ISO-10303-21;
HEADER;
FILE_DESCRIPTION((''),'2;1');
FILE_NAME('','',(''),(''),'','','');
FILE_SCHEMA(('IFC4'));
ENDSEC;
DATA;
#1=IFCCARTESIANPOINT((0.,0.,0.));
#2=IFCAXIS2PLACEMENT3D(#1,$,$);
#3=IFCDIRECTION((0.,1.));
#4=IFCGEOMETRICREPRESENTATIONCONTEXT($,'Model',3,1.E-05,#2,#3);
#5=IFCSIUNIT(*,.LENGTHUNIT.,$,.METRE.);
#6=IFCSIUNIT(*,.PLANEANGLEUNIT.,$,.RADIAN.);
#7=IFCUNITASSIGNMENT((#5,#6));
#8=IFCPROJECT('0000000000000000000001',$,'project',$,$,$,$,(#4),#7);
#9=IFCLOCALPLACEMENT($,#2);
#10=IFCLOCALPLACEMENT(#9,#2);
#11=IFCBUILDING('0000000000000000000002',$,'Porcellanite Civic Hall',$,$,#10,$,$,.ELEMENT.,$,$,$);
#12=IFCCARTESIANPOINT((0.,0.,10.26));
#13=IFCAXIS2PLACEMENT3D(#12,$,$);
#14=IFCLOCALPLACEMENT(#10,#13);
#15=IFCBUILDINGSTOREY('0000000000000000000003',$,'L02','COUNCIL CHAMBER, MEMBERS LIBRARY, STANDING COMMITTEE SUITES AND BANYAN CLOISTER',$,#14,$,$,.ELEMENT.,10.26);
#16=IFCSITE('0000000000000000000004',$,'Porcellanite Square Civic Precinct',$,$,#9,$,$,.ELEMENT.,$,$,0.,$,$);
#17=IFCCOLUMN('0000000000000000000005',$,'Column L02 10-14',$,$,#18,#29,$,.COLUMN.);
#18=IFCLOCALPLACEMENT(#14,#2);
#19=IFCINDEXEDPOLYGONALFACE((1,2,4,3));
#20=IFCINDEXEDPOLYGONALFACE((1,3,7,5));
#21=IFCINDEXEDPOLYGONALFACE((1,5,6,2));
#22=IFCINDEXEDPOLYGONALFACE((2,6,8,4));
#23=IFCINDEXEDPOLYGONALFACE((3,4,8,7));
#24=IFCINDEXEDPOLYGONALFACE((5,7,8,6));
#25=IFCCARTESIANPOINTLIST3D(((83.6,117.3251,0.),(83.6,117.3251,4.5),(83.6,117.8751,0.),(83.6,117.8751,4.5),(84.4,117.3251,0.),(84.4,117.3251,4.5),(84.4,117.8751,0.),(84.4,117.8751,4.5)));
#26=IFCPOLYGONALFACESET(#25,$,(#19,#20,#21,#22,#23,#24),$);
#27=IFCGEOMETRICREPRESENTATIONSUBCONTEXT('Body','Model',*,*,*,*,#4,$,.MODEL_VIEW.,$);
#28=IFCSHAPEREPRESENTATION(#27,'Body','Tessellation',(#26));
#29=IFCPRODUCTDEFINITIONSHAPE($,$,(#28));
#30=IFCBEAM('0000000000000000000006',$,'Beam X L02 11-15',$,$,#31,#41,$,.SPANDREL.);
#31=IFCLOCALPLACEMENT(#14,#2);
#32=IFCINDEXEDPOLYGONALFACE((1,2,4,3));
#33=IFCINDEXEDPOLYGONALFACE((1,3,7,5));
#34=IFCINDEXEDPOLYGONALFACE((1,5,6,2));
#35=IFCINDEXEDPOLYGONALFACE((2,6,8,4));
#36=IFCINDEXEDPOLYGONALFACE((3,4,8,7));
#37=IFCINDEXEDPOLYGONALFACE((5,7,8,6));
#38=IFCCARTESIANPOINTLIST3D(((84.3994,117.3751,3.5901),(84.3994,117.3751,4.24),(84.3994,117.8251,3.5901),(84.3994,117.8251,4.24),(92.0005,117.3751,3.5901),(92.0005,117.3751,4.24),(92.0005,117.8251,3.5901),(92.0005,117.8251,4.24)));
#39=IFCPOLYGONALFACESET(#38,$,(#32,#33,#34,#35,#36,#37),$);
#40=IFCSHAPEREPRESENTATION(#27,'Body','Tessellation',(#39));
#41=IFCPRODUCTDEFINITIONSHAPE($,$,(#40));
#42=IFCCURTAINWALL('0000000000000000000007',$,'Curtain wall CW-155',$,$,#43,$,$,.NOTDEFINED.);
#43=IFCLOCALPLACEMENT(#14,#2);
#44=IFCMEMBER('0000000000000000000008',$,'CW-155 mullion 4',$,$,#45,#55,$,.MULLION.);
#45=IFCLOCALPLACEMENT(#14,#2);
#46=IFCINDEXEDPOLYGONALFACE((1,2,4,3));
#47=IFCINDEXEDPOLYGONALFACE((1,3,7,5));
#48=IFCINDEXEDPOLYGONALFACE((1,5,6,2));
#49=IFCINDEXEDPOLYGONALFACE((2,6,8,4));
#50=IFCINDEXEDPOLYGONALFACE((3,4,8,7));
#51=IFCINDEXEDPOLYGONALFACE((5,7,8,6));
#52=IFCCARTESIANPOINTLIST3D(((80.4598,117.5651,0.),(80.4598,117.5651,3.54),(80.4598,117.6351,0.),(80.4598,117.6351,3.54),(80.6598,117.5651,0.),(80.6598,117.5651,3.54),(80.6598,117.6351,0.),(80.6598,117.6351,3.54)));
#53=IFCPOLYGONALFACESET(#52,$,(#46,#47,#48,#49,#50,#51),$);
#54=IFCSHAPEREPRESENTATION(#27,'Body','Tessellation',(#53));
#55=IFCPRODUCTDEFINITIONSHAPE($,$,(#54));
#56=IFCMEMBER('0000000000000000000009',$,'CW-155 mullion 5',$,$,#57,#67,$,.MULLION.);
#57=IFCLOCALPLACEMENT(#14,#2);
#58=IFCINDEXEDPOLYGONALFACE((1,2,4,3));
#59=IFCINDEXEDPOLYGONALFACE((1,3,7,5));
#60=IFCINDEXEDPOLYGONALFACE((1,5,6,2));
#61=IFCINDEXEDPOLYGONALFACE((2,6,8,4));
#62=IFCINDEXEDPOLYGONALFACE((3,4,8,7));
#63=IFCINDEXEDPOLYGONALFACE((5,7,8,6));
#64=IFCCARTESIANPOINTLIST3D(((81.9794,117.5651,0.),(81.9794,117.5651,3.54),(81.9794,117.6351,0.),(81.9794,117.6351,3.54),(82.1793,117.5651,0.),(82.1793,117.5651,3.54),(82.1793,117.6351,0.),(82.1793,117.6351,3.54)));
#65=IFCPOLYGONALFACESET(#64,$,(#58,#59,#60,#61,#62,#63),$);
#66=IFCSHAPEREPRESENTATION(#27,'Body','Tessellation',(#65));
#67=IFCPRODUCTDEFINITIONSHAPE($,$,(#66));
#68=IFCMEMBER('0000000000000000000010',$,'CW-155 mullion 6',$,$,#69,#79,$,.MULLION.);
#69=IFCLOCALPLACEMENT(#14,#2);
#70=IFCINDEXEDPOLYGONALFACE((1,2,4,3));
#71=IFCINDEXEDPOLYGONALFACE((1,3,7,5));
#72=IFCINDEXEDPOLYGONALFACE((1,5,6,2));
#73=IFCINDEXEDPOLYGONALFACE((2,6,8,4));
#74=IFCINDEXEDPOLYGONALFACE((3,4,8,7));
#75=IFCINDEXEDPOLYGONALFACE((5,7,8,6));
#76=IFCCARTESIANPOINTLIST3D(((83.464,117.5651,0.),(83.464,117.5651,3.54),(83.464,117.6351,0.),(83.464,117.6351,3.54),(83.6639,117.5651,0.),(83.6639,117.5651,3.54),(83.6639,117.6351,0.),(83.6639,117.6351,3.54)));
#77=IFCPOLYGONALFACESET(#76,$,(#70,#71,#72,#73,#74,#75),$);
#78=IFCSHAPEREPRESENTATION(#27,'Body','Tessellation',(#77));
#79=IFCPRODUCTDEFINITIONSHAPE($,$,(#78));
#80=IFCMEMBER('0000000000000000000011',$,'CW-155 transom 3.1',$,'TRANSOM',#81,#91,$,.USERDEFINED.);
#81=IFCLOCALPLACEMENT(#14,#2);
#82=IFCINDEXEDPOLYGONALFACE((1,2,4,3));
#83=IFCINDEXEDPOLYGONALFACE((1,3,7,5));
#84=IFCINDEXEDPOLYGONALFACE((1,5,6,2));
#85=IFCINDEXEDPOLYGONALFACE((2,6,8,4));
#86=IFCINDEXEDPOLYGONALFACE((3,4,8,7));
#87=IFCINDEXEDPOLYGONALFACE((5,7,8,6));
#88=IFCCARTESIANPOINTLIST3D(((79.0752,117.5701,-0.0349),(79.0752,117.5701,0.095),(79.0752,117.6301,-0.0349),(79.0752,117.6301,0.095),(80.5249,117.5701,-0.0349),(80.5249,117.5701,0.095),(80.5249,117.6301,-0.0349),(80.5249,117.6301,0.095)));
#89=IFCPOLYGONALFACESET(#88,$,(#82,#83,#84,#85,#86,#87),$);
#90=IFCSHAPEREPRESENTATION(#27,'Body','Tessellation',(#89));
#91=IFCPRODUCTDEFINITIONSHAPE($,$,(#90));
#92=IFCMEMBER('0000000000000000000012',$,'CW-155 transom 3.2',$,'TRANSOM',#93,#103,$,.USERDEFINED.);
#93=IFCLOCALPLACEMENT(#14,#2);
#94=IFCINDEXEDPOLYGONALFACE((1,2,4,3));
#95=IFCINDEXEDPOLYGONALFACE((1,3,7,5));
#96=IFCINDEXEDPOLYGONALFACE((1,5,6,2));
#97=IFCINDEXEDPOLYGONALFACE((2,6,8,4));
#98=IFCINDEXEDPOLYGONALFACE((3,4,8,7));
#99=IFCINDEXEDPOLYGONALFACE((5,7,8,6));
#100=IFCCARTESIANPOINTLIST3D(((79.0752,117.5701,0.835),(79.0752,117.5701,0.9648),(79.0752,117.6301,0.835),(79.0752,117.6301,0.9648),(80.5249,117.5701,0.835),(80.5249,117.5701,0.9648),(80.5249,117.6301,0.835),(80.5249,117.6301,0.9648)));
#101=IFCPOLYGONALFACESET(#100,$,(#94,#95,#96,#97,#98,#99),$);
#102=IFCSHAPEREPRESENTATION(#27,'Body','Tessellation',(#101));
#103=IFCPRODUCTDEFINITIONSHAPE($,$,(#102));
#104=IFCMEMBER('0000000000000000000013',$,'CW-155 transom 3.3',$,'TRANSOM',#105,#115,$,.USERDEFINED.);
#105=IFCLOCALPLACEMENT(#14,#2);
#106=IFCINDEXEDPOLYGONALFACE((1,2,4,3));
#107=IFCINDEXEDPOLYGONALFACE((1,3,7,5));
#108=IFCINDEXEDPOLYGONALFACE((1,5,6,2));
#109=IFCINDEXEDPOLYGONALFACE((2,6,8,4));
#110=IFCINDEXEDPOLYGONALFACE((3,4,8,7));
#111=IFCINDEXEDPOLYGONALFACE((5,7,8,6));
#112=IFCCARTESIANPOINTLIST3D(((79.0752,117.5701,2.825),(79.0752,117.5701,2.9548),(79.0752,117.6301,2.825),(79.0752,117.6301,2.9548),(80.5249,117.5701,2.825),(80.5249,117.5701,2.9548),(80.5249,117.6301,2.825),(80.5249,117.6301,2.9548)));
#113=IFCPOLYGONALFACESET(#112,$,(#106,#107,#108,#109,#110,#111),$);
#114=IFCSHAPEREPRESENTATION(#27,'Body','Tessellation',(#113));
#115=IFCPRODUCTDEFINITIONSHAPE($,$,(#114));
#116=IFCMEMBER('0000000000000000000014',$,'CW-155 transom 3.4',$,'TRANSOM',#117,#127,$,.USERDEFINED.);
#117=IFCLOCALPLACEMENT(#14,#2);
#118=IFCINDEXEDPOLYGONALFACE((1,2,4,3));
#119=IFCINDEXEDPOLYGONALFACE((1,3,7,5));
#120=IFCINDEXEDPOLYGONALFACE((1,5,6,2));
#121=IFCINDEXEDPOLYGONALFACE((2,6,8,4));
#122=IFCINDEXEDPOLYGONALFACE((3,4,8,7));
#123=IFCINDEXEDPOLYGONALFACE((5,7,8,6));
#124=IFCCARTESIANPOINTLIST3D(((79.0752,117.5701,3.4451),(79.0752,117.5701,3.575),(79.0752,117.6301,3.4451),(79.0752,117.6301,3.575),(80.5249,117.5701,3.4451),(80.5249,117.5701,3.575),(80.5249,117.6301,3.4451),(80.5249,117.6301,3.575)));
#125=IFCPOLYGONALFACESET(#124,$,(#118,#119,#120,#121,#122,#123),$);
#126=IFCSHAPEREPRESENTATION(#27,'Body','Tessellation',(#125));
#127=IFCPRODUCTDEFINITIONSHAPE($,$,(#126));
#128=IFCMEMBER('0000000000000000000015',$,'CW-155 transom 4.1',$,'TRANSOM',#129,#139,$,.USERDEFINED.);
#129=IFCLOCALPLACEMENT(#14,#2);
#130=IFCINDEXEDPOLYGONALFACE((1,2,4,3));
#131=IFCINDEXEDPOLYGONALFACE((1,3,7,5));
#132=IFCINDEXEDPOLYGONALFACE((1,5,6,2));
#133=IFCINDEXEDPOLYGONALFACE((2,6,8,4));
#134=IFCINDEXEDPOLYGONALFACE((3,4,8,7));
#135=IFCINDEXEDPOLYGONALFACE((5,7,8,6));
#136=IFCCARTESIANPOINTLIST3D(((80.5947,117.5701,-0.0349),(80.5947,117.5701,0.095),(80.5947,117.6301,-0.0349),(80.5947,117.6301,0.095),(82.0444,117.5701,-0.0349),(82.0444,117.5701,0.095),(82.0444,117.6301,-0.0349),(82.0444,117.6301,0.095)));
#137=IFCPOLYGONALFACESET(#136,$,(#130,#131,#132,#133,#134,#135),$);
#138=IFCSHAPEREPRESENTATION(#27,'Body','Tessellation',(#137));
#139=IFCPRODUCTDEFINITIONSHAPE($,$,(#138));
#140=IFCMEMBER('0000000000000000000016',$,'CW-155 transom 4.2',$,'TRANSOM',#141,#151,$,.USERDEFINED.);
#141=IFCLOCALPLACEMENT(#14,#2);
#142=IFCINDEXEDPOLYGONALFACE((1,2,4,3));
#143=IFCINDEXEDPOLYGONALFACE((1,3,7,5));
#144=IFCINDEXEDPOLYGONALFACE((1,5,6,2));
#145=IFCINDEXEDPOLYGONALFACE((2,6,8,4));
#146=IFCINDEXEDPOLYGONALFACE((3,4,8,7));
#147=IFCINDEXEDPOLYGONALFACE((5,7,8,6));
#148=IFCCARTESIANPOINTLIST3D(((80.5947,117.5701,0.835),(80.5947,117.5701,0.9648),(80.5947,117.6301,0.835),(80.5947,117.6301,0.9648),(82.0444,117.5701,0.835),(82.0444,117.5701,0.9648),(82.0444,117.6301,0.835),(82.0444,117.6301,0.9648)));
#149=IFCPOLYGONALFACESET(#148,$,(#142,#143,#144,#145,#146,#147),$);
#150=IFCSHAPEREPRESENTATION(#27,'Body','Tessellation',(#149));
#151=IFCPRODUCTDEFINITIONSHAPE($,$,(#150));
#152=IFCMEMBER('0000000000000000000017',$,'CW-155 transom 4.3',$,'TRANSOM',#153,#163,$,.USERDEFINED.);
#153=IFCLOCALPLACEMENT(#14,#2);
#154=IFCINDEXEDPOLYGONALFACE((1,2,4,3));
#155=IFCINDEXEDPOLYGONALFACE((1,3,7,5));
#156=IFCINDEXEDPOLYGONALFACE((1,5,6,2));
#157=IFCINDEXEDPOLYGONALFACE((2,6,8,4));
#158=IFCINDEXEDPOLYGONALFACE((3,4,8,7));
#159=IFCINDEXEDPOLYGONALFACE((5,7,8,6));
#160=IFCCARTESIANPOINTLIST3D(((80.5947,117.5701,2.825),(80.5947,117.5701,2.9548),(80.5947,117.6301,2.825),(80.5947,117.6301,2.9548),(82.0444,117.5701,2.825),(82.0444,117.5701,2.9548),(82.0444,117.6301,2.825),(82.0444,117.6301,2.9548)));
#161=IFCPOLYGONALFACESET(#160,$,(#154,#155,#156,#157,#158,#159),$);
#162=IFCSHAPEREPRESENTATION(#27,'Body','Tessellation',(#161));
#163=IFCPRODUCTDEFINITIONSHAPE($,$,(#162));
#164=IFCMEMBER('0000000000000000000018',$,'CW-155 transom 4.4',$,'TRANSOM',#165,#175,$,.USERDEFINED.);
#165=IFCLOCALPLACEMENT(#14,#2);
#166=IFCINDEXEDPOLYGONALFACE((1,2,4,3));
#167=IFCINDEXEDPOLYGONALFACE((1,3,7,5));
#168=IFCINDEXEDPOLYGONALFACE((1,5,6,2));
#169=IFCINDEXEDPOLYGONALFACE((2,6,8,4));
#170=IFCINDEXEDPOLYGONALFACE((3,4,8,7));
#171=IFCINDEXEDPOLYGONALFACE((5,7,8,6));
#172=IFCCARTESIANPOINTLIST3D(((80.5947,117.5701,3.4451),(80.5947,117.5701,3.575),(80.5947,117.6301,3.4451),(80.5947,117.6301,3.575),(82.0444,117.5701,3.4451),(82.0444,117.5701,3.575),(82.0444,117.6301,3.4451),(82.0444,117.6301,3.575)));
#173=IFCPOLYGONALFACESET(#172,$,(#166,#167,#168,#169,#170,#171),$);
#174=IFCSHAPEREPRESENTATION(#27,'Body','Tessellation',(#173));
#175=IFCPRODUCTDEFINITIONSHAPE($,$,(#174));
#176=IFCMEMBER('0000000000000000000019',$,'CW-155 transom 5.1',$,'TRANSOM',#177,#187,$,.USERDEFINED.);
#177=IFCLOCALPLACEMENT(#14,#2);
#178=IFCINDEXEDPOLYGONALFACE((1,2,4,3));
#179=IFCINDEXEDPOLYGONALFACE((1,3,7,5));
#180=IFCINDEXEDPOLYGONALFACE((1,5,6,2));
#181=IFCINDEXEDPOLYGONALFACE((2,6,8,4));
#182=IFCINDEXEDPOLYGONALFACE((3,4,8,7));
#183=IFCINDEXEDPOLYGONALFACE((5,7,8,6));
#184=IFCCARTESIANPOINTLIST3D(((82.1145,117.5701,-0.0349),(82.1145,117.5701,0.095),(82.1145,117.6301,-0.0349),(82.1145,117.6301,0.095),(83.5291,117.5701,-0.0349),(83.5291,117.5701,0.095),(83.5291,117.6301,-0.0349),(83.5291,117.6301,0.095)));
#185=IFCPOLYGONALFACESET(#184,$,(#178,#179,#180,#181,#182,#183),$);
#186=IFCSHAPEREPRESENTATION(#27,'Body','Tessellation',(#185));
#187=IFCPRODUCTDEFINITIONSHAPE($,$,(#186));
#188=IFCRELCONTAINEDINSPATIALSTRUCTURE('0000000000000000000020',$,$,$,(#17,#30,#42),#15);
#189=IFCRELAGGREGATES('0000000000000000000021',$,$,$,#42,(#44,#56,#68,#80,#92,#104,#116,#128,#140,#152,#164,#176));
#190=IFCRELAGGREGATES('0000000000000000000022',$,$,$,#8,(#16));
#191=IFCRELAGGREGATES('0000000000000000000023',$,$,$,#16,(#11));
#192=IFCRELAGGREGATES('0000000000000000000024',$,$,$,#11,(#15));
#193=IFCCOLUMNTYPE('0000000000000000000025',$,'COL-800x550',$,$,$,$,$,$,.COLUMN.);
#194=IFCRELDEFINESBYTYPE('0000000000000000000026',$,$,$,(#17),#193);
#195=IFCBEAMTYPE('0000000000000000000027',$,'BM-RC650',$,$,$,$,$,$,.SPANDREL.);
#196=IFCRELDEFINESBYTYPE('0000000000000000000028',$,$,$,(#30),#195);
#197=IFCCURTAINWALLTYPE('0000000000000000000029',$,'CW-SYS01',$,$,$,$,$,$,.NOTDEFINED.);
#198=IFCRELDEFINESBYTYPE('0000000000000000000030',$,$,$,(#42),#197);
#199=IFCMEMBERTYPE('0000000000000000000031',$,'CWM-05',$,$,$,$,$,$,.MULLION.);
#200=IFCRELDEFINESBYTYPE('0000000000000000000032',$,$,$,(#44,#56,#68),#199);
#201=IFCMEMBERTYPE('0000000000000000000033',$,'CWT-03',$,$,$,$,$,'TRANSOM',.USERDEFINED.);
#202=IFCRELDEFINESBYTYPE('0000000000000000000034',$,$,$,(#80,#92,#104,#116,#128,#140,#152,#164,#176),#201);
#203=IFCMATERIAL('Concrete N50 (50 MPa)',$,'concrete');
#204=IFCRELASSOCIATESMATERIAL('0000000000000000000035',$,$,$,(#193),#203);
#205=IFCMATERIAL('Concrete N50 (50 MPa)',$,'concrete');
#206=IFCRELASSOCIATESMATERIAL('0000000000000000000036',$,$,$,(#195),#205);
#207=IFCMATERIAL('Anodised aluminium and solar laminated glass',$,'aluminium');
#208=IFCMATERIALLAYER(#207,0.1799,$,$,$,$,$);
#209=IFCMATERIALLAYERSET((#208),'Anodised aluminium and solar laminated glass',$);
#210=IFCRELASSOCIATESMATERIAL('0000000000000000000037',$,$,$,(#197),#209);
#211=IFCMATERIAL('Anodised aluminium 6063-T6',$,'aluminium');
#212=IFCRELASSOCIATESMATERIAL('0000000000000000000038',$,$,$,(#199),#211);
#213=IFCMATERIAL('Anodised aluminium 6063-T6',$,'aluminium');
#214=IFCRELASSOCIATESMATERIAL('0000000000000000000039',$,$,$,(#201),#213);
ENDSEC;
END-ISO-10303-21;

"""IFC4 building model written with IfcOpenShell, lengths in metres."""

from ifc_helpers import new_model, si_unit, direction, frame, origin, origin_2d, place, context, subcontext, project, spatial, rectangle, extrude, material, layer, layer_set, material_profile, profile_set, type_object, element, aggregate, save


model = new_model("IFC4")

# Units and contexts
model_context = context("Model", 3, precision=1e-05, world=origin(), true_north=direction((0.0, 1.0)))
body_context = subcontext(model_context, "Body", "Model", "MODEL_VIEW")
ifc_project = project(units=[si_unit("LENGTHUNIT", "METRE"), si_unit("PLANEANGLEUNIT", "RADIAN")], contexts=[model_context])

# Site, building, storey
site_placement = place(None, origin())
site = spatial("IfcSite", under=ifc_project, at=site_placement, Name="Porcellanite Square Civic Precinct", CompositionType="ELEMENT", RefElevation=0.0)
building_placement = place(site_placement, origin())
building = spatial("IfcBuilding", under=site, at=building_placement, Name="Porcellanite Civic Hall", CompositionType="ELEMENT")
storey_placement = place(building_placement, frame((0.0, 0.0, 10.26)))
storey = spatial("IfcBuildingStorey", under=building, at=storey_placement, Name="L02", Description="COUNCIL CHAMBER, MEMBERS LIBRARY, STANDING COMMITTEE SUITES AND BANYAN CLOISTER", CompositionType="ELEMENT", Elevation=10.26)

# Column
ifc_material_1 = material(Name="Concrete N50 (50 MPa)", Category="concrete")
ifc_material_profile_1 = material_profile(ifc_material_1, rectangle(XDim=0.8, YDim=0.55, at=origin_2d()), Name="RC-800x550")
ifc_profile_set_1 = profile_set([ifc_material_profile_1], Name="Concrete N50 (50 MPa)")
column_type = type_object("IfcColumnType", Name="COL-800x550", PredefinedType="COLUMN", material=ifc_profile_set_1)
column_placement = place(storey_placement, frame((84.0, 117.6001, 0.0), z_axis=(0.0, 0.0, 1.0), x_axis=(1.0, 0.0, 0.0)))
element("IfcColumn", 1, at=column_placement, inside=storey, type_object=column_type, Name="Column L02 10-14", PredefinedType="COLUMN", context=body_context, shape_type="SweptSolid", body=[
    extrude(rectangle(XDim=0.8, YDim=0.55, at=origin_2d()), origin(), (0.0, 0.0, 1.0), 4.5),
])

# Beam
ifc_material_2 = material(Name="Concrete N50 (50 MPa)", Category="concrete")
ifc_material_profile_2 = material_profile(ifc_material_2, rectangle(XDim=0.45, YDim=0.6499, at=origin_2d()), Name="RC-450x650")
ifc_profile_set_2 = profile_set([ifc_material_profile_2], Name="Concrete N50 (50 MPa)")
beam_type = type_object("IfcBeamType", Name="BM-RC650", PredefinedType="SPANDREL", material=ifc_profile_set_2)
beam_placement = place(storey_placement, frame((84.3994, 117.6001, 3.915), z_axis=(1.0, 0.0, 0.0), x_axis=(0.0, 1.0, 0.0)))
element("IfcBeam", 2, at=beam_placement, inside=storey, type_object=beam_type, Name="Beam X L02 11-15", PredefinedType="SPANDREL", context=body_context, shape_type="SweptSolid", body=[
    extrude(rectangle(XDim=0.45, YDim=0.6499, at=origin_2d()), origin(), (0.0, 0.0, 1.0), 7.6011),
])

# Curtain wall, members
ifc_material_3 = material(Name="Anodised aluminium and solar laminated glass", Category="aluminium")
ifc_layer_1 = layer(ifc_material_3, 0.1799)
ifc_layer_set_1 = layer_set([ifc_layer_1], Name="Anodised aluminium and solar laminated glass")
curtain_wall_type = type_object("IfcCurtainWallType", Name="CW-SYS01", PredefinedType="NOTDEFINED", material=ifc_layer_set_1)
curtain_wall_placement = place(storey_placement, origin())
curtain_wall = element("IfcCurtainWall", 3, at=curtain_wall_placement, inside=storey, type_object=curtain_wall_type, Name="Curtain wall CW-155", PredefinedType="NOTDEFINED")
ifc_material_4 = material(Name="Anodised aluminium 6063-T6", Category="aluminium")
ifc_material_profile_3 = material_profile(ifc_material_4, rectangle(XDim=0.0701, YDim=0.2, at=origin_2d()), Name="AL-70x200")
ifc_profile_set_3 = profile_set([ifc_material_profile_3], Name="Anodised aluminium 6063-T6")
member_type_1 = type_object("IfcMemberType", Name="CWM-05", PredefinedType="MULLION", material=ifc_profile_set_3)
member_1_placement = place(storey_placement, frame((80.5598, 117.6001, 0.0), z_axis=(0.0, 0.0, 1.0), x_axis=(0.0, 1.0, 0.0)))
member_1 = element("IfcMember", 4, at=member_1_placement, type_object=member_type_1, Name="CW-155 mullion 4", PredefinedType="MULLION", context=body_context, shape_type="SweptSolid", body=[
    extrude(rectangle(XDim=0.0701, YDim=0.2, at=origin_2d()), origin(), (0.0, 0.0, 1.0), 3.54),
])
member_2_placement = place(storey_placement, frame((82.0793, 117.6001, 0.0), z_axis=(0.0, 0.0, 1.0), x_axis=(0.0, 1.0, 0.0)))
member_2 = element("IfcMember", 5, at=member_2_placement, type_object=member_type_1, Name="CW-155 mullion 5", PredefinedType="MULLION", context=body_context, shape_type="SweptSolid", body=[
    extrude(rectangle(XDim=0.0701, YDim=0.2, at=origin_2d()), origin(), (0.0, 0.0, 1.0), 3.54),
])
member_3_placement = place(storey_placement, frame((83.564, 117.6001, 0.0), z_axis=(0.0, 0.0, 1.0), x_axis=(0.0, 1.0, 0.0)))
member_3 = element("IfcMember", 6, at=member_3_placement, type_object=member_type_1, Name="CW-155 mullion 6", PredefinedType="MULLION", context=body_context, shape_type="SweptSolid", body=[
    extrude(rectangle(XDim=0.0701, YDim=0.2, at=origin_2d()), origin(), (0.0, 0.0, 1.0), 3.54),
])
ifc_material_5 = material(Name="Anodised aluminium 6063-T6", Category="aluminium")
ifc_material_profile_4 = material_profile(ifc_material_5, rectangle(XDim=0.0601, YDim=0.1299, at=origin_2d()), Name="AL-60x130")
ifc_profile_set_4 = profile_set([ifc_material_profile_4], Name="Anodised aluminium 6063-T6")
member_type_2 = type_object("IfcMemberType", Name="CWT-03", ElementType="TRANSOM", PredefinedType="USERDEFINED", material=ifc_profile_set_4)
member_4_placement = place(storey_placement, frame((79.0752, 117.6001, 0.03), z_axis=(1.0, 0.0, 0.0), x_axis=(0.0, 1.0, 0.0)))
member_4 = element("IfcMember", 7, at=member_4_placement, type_object=member_type_2, Name="CW-155 transom 3.1", ObjectType="TRANSOM", PredefinedType="USERDEFINED", context=body_context, shape_type="SweptSolid", body=[
    extrude(rectangle(XDim=0.0601, YDim=0.1299, at=origin_2d()), origin(), (0.0, 0.0, 1.0), 1.4497),
])
member_5_placement = place(storey_placement, frame((79.0752, 117.6001, 0.8999), z_axis=(1.0, 0.0, 0.0), x_axis=(0.0, 1.0, 0.0)))
member_5 = element("IfcMember", 8, at=member_5_placement, type_object=member_type_2, Name="CW-155 transom 3.2", ObjectType="TRANSOM", PredefinedType="USERDEFINED", context=body_context, shape_type="SweptSolid", body=[
    extrude(rectangle(XDim=0.0601, YDim=0.1299, at=origin_2d()), origin(), (0.0, 0.0, 1.0), 1.4497),
])
member_6_placement = place(storey_placement, frame((79.0752, 117.6001, 2.8899), z_axis=(1.0, 0.0, 0.0), x_axis=(0.0, 1.0, 0.0)))
member_6 = element("IfcMember", 9, at=member_6_placement, type_object=member_type_2, Name="CW-155 transom 3.3", ObjectType="TRANSOM", PredefinedType="USERDEFINED", context=body_context, shape_type="SweptSolid", body=[
    extrude(rectangle(XDim=0.0601, YDim=0.1299, at=origin_2d()), origin(), (0.0, 0.0, 1.0), 1.4497),
])
member_7_placement = place(storey_placement, frame((79.0752, 117.6001, 3.51), z_axis=(1.0, 0.0, 0.0), x_axis=(0.0, 1.0, 0.0)))
member_7 = element("IfcMember", 10, at=member_7_placement, type_object=member_type_2, Name="CW-155 transom 3.4", ObjectType="TRANSOM", PredefinedType="USERDEFINED", context=body_context, shape_type="SweptSolid", body=[
    extrude(rectangle(XDim=0.0601, YDim=0.1299, at=origin_2d()), origin(), (0.0, 0.0, 1.0), 1.4497),
])
member_8_placement = place(storey_placement, frame((80.5947, 117.6001, 0.03), z_axis=(1.0, 0.0, 0.0), x_axis=(0.0, 1.0, 0.0)))
member_8 = element("IfcMember", 11, at=member_8_placement, type_object=member_type_2, Name="CW-155 transom 4.1", ObjectType="TRANSOM", PredefinedType="USERDEFINED", context=body_context, shape_type="SweptSolid", body=[
    extrude(rectangle(XDim=0.0601, YDim=0.1299, at=origin_2d()), origin(), (0.0, 0.0, 1.0), 1.4497),
])
member_9_placement = place(storey_placement, frame((80.5947, 117.6001, 0.8999), z_axis=(1.0, 0.0, 0.0), x_axis=(0.0, 1.0, 0.0)))
member_9 = element("IfcMember", 12, at=member_9_placement, type_object=member_type_2, Name="CW-155 transom 4.2", ObjectType="TRANSOM", PredefinedType="USERDEFINED", context=body_context, shape_type="SweptSolid", body=[
    extrude(rectangle(XDim=0.0601, YDim=0.1299, at=origin_2d()), origin(), (0.0, 0.0, 1.0), 1.4497),
])
member_10_placement = place(storey_placement, frame((80.5947, 117.6001, 2.8899), z_axis=(1.0, 0.0, 0.0), x_axis=(0.0, 1.0, 0.0)))
member_10 = element("IfcMember", 13, at=member_10_placement, type_object=member_type_2, Name="CW-155 transom 4.3", ObjectType="TRANSOM", PredefinedType="USERDEFINED", context=body_context, shape_type="SweptSolid", body=[
    extrude(rectangle(XDim=0.0601, YDim=0.1299, at=origin_2d()), origin(), (0.0, 0.0, 1.0), 1.4497),
])
member_11_placement = place(storey_placement, frame((80.5947, 117.6001, 3.51), z_axis=(1.0, 0.0, 0.0), x_axis=(0.0, 1.0, 0.0)))
member_11 = element("IfcMember", 14, at=member_11_placement, type_object=member_type_2, Name="CW-155 transom 4.4", ObjectType="TRANSOM", PredefinedType="USERDEFINED", context=body_context, shape_type="SweptSolid", body=[
    extrude(rectangle(XDim=0.0601, YDim=0.1299, at=origin_2d()), origin(), (0.0, 0.0, 1.0), 1.4497),
])
member_12_placement = place(storey_placement, frame((82.1145, 117.6001, 0.03), z_axis=(1.0, 0.0, 0.0), x_axis=(0.0, 1.0, 0.0)))
member_12 = element("IfcMember", 15, at=member_12_placement, type_object=member_type_2, Name="CW-155 transom 5.1", ObjectType="TRANSOM", PredefinedType="USERDEFINED", context=body_context, shape_type="SweptSolid", body=[
    extrude(rectangle(XDim=0.0601, YDim=0.1299, at=origin_2d()), origin(), (0.0, 0.0, 1.0), 1.4146),
])
aggregate(curtain_wall, [member_1, member_2, member_3, member_4, member_5, member_6, member_7, member_8, member_9, member_10, member_11, member_12])

save(model, "model.ifc")
